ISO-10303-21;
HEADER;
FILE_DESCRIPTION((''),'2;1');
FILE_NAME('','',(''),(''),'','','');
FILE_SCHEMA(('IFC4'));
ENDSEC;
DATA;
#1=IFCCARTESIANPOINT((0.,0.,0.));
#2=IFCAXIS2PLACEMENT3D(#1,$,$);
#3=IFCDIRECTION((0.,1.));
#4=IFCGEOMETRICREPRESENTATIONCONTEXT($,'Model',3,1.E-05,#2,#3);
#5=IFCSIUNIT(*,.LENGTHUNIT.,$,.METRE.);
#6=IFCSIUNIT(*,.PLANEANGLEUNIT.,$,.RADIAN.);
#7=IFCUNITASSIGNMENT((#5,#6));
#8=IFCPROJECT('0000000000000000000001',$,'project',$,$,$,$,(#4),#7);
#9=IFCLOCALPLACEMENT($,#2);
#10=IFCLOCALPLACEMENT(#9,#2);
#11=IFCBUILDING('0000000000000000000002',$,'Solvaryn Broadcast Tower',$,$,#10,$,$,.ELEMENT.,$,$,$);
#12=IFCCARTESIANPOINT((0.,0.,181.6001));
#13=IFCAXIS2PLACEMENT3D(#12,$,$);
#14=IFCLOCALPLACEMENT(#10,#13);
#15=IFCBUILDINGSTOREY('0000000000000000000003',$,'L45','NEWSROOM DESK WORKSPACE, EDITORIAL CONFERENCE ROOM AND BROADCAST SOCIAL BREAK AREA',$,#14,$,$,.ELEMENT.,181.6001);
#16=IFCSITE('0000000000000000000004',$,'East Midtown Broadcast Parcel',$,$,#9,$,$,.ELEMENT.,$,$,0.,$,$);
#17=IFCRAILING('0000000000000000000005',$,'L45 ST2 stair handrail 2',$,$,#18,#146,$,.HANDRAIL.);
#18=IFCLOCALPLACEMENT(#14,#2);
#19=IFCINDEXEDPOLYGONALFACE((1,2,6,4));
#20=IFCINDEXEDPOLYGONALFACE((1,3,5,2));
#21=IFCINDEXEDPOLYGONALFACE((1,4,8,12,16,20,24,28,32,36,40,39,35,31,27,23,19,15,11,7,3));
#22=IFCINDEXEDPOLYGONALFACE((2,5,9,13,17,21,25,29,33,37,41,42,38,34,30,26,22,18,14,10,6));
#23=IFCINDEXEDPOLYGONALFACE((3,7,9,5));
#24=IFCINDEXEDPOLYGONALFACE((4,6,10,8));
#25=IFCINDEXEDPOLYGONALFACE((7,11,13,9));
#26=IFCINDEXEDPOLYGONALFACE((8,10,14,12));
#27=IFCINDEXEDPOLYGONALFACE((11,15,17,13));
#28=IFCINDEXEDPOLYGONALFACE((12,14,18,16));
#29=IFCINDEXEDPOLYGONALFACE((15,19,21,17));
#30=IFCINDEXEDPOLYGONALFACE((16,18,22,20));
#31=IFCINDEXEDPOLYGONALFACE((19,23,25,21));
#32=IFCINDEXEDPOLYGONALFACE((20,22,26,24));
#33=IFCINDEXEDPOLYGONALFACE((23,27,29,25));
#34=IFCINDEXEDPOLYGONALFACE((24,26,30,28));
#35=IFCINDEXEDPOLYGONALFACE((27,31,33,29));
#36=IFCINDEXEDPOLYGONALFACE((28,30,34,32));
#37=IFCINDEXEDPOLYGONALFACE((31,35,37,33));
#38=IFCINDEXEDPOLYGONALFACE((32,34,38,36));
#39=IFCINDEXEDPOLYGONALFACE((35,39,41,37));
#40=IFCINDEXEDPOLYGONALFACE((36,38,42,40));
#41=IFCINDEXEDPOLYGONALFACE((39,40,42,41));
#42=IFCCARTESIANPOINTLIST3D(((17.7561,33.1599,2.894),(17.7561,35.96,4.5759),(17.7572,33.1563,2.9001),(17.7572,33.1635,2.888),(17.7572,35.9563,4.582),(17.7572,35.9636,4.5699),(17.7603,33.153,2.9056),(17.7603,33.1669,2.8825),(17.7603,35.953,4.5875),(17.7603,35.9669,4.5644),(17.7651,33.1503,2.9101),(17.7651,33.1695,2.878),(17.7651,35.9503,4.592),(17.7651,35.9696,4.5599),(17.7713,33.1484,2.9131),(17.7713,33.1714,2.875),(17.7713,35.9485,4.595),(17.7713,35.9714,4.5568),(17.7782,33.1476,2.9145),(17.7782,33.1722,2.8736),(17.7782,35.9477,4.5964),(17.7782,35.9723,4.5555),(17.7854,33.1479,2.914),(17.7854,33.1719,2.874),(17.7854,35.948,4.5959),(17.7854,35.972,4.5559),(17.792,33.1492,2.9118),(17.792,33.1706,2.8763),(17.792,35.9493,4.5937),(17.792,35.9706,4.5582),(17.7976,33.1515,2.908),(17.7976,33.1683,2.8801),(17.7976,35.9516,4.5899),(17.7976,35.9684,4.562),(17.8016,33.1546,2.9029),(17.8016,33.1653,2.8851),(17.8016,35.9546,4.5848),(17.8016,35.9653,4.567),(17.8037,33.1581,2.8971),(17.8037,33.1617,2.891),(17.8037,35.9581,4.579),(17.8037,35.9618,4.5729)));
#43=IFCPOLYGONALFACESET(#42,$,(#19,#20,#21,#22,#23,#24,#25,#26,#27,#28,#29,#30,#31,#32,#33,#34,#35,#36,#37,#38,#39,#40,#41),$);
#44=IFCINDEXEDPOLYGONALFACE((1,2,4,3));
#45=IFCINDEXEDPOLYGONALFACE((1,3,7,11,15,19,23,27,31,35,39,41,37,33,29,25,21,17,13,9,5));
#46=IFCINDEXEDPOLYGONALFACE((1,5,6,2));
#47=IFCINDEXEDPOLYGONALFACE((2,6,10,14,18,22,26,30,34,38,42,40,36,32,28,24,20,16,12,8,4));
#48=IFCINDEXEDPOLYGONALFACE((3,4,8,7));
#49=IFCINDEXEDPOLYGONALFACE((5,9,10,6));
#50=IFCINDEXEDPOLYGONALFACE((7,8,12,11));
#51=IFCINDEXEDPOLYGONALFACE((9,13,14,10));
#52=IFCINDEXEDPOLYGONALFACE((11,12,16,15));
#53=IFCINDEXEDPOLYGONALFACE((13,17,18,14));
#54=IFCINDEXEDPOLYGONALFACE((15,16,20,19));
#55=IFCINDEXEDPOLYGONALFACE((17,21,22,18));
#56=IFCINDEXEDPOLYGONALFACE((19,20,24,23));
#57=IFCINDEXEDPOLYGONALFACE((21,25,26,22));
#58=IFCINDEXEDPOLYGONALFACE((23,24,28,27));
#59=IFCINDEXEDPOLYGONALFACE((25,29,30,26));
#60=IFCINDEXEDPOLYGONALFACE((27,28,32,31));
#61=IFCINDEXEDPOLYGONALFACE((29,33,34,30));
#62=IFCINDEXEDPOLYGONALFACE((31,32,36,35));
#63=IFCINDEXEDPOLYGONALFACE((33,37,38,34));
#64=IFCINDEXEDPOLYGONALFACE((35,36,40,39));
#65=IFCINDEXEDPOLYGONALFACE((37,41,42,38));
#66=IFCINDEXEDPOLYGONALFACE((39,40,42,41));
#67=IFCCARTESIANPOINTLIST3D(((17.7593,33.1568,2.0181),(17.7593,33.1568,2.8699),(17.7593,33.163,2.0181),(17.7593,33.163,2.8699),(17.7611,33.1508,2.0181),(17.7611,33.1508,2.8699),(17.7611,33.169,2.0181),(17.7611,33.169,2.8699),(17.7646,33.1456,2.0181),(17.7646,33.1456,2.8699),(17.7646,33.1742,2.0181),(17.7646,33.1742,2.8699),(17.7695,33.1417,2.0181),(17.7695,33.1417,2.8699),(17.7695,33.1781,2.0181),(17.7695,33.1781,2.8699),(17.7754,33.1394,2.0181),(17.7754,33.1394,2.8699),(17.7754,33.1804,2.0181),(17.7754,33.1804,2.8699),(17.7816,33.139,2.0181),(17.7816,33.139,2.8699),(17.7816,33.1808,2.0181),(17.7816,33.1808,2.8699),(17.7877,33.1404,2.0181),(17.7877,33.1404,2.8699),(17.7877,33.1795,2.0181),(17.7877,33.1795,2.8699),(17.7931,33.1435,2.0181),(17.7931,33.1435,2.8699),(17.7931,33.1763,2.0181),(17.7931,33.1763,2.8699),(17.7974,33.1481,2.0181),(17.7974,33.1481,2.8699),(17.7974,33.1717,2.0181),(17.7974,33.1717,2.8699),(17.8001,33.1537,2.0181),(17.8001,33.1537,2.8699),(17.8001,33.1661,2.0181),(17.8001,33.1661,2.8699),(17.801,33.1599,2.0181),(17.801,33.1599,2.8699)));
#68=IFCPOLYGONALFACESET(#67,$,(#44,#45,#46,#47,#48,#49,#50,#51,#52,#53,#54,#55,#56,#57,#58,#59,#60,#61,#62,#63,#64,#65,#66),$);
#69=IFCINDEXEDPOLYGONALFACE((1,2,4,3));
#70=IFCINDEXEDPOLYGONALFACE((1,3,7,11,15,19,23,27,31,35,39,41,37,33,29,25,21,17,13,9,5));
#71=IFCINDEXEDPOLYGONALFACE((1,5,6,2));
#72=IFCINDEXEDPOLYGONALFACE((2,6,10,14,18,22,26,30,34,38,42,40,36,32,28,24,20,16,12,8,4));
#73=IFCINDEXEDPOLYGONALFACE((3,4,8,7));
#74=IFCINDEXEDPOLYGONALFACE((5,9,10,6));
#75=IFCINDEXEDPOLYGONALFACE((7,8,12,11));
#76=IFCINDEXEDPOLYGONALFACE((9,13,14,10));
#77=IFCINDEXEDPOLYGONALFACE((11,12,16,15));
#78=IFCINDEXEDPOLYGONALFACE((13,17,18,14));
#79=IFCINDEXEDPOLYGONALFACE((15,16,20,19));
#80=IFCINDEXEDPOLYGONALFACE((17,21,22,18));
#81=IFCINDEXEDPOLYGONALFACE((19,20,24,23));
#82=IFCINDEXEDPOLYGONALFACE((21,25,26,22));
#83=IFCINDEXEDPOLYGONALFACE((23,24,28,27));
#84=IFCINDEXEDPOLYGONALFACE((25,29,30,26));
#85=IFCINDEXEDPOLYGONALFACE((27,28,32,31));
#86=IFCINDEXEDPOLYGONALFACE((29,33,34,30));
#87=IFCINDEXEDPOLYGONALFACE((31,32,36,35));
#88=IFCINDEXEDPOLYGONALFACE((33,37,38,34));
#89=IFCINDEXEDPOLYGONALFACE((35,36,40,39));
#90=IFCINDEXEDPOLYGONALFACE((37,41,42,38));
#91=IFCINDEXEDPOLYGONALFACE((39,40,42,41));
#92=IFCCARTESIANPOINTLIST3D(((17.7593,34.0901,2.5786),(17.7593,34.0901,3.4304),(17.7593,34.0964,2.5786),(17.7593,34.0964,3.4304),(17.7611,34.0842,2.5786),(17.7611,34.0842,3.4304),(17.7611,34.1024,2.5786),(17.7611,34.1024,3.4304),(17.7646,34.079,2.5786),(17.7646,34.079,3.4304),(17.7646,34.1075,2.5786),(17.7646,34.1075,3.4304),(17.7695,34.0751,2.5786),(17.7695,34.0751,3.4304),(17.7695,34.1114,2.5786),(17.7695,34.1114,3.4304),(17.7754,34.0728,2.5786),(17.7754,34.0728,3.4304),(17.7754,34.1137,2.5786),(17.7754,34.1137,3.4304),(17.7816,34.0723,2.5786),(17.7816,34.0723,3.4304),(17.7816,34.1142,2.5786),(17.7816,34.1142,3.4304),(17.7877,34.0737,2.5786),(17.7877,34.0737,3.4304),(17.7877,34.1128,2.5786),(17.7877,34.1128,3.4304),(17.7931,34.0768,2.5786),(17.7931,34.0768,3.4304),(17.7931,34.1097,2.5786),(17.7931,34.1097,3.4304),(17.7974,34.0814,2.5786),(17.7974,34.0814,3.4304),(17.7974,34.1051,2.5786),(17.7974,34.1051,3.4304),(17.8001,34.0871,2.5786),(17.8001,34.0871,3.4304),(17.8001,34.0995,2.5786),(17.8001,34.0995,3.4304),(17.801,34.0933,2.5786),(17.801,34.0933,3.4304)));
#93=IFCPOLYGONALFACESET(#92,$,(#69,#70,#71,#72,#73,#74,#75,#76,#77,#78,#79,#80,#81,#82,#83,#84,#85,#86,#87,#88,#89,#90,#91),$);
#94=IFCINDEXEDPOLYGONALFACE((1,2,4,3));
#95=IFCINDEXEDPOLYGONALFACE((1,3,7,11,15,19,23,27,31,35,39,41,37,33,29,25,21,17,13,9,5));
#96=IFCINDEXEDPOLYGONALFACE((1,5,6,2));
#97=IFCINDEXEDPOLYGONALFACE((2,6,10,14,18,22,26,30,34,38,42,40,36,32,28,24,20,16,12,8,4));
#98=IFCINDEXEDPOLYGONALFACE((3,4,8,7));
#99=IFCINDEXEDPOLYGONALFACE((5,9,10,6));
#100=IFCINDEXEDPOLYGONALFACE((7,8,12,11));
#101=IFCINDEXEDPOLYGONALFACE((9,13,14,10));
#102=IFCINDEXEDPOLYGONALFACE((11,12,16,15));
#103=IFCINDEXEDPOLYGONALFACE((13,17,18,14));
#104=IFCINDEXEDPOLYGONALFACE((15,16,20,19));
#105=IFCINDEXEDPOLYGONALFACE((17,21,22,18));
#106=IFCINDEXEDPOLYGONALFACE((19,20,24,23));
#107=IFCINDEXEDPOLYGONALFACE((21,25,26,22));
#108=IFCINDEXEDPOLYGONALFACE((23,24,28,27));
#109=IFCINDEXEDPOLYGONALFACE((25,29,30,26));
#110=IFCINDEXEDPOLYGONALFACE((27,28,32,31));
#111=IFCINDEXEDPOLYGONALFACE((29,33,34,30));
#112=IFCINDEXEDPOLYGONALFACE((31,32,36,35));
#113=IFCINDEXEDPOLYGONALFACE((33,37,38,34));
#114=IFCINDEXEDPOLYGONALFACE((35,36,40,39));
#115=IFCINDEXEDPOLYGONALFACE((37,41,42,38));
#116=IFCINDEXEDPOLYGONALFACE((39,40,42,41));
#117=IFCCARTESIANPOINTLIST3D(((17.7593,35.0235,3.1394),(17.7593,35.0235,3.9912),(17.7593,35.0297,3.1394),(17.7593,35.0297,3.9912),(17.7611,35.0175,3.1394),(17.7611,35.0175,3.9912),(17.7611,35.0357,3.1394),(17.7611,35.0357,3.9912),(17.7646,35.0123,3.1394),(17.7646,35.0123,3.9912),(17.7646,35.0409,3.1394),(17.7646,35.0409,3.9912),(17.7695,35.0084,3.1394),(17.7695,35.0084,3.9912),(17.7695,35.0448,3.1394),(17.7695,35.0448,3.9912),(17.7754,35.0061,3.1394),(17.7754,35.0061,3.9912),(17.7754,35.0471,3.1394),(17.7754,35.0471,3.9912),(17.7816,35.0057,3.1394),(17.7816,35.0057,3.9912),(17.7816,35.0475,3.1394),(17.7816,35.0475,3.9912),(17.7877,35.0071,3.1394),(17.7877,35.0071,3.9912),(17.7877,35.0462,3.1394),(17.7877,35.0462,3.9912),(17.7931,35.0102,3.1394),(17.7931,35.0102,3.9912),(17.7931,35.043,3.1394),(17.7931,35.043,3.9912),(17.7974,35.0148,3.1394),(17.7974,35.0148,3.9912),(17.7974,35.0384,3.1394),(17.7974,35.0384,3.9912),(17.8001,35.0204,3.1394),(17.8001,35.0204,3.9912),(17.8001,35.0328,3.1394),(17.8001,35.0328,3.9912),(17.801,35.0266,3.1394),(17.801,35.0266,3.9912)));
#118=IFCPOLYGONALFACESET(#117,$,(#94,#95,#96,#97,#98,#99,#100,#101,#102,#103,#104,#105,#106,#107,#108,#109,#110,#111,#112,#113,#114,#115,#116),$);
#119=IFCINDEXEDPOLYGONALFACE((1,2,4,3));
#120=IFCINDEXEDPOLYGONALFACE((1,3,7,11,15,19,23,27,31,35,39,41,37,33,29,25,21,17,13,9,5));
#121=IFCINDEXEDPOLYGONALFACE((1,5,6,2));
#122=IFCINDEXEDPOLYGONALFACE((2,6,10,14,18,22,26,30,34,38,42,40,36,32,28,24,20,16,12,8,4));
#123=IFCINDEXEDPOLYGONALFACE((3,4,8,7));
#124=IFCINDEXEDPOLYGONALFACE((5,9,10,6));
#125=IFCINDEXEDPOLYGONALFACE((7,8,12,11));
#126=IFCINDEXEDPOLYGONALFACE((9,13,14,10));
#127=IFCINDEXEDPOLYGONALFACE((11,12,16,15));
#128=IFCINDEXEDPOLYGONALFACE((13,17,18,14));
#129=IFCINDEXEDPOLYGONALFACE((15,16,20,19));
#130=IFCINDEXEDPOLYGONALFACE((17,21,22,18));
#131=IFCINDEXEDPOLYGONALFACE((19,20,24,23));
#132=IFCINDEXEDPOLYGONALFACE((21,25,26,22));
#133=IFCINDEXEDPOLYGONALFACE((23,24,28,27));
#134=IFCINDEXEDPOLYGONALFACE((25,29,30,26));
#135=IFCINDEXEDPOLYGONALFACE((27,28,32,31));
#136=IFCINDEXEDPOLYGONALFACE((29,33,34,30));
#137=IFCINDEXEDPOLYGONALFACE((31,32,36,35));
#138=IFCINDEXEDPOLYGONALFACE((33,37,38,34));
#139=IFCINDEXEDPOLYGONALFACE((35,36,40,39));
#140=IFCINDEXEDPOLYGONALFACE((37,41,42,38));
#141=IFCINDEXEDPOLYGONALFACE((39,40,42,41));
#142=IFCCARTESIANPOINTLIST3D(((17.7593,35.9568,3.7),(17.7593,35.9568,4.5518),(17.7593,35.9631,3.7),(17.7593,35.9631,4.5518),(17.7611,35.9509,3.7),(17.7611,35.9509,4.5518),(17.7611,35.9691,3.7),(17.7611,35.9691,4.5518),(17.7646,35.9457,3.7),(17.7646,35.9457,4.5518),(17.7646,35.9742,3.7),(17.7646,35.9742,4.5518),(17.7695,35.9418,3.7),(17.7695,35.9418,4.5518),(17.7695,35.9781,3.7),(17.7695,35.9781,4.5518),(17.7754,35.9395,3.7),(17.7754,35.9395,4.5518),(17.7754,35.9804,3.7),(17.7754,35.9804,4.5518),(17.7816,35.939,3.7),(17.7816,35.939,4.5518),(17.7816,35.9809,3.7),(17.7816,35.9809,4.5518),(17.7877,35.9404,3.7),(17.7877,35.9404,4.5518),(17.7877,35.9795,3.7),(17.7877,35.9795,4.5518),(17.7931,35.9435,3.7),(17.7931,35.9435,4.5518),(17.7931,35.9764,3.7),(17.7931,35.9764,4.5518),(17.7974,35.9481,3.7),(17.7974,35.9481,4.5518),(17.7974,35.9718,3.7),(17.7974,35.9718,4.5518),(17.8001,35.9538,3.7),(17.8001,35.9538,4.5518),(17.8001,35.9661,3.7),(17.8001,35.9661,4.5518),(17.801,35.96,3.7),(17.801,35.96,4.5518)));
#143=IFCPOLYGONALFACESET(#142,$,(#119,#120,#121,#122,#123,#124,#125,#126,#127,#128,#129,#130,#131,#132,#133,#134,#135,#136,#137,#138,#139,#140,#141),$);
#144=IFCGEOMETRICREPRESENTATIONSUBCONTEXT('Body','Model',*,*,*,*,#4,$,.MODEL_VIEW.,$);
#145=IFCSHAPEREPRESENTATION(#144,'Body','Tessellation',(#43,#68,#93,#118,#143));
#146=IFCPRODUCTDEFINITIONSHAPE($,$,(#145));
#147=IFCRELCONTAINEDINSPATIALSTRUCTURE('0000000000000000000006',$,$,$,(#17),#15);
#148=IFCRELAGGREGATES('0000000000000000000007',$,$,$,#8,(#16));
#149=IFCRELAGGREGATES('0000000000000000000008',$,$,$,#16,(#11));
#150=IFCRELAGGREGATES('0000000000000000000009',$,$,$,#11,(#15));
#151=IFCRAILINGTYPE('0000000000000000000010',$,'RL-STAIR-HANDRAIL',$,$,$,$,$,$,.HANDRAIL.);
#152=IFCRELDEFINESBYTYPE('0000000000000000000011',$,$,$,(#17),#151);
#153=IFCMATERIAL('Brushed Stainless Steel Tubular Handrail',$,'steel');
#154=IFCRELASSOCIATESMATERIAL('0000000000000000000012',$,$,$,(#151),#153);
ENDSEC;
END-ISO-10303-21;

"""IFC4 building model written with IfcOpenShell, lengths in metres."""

from ifc_helpers import new_model, si_unit, direction, frame, origin, origin_2d, place, context, subcontext, project, spatial, circle, extrude, material, type_object, element, save


model = new_model("IFC4")

# Units and contexts
model_context = context("Model", 3, precision=1e-05, world=origin(), true_north=direction((0.0, 1.0)))
body_context = subcontext(model_context, "Body", "Model", "MODEL_VIEW")
ifc_project = project(units=[si_unit("LENGTHUNIT", "METRE"), si_unit("PLANEANGLEUNIT", "RADIAN")], contexts=[model_context])

# Site, building, storey
site_placement = place(None, origin())
site = spatial("IfcSite", under=ifc_project, at=site_placement, Name="East Midtown Broadcast Parcel", CompositionType="ELEMENT", RefElevation=0.0)
building_placement = place(site_placement, origin())
building = spatial("IfcBuilding", under=site, at=building_placement, Name="Solvaryn Broadcast Tower", CompositionType="ELEMENT")
storey_placement = place(building_placement, frame((0.0, 0.0, 181.6001)))
storey = spatial("IfcBuildingStorey", under=building, at=storey_placement, Name="L45", Description="NEWSROOM DESK WORKSPACE, EDITORIAL CONFERENCE ROOM AND BROADCAST SOCIAL BREAK AREA", CompositionType="ELEMENT", Elevation=181.6001)

# Railing
ifc_material_1 = material(Name="Brushed Stainless Steel Tubular Handrail", Category="steel")
railing_type_1 = type_object("IfcRailingType", Name="RL-STAIR-HANDRAIL", PredefinedType="HANDRAIL", material=ifc_material_1)
railing_1_placement = place(storey_placement, frame((17.78, 33.1599, 2.0181)))
element("IfcRailing", 1, at=railing_1_placement, inside=storey, type_object=railing_type_1, Name="L45 ST2 stair handrail 2", PredefinedType="HANDRAIL", context=body_context, shape_type="SweptSolid", body=[
    extrude(circle(Radius=0.0239, at=origin_2d()), frame((0.0, 0.0, 0.876), z_axis=(0.0, 0.857242, 0.514913), x_axis=(-1.0, 0.0, 0.0)), (0.0, 0.0, 1.0), 3.2664),
    extrude(circle(Radius=0.021, at=origin_2d()), origin(), (0.0, 0.0, 1.0), 0.8518),
    extrude(circle(Radius=0.021, at=origin_2d()), frame((0.0, 0.9333, 0.5605)), (0.0, 0.0, 1.0), 0.8518),
    extrude(circle(Radius=0.021, at=origin_2d()), frame((0.0, 1.8667, 1.1213)), (0.0, 0.0, 1.0), 0.8518),
    extrude(circle(Radius=0.021, at=origin_2d()), frame((0.0, 2.8, 1.6819)), (0.0, 0.0, 1.0), 0.8518),
])

save(model, "model.ifc")
